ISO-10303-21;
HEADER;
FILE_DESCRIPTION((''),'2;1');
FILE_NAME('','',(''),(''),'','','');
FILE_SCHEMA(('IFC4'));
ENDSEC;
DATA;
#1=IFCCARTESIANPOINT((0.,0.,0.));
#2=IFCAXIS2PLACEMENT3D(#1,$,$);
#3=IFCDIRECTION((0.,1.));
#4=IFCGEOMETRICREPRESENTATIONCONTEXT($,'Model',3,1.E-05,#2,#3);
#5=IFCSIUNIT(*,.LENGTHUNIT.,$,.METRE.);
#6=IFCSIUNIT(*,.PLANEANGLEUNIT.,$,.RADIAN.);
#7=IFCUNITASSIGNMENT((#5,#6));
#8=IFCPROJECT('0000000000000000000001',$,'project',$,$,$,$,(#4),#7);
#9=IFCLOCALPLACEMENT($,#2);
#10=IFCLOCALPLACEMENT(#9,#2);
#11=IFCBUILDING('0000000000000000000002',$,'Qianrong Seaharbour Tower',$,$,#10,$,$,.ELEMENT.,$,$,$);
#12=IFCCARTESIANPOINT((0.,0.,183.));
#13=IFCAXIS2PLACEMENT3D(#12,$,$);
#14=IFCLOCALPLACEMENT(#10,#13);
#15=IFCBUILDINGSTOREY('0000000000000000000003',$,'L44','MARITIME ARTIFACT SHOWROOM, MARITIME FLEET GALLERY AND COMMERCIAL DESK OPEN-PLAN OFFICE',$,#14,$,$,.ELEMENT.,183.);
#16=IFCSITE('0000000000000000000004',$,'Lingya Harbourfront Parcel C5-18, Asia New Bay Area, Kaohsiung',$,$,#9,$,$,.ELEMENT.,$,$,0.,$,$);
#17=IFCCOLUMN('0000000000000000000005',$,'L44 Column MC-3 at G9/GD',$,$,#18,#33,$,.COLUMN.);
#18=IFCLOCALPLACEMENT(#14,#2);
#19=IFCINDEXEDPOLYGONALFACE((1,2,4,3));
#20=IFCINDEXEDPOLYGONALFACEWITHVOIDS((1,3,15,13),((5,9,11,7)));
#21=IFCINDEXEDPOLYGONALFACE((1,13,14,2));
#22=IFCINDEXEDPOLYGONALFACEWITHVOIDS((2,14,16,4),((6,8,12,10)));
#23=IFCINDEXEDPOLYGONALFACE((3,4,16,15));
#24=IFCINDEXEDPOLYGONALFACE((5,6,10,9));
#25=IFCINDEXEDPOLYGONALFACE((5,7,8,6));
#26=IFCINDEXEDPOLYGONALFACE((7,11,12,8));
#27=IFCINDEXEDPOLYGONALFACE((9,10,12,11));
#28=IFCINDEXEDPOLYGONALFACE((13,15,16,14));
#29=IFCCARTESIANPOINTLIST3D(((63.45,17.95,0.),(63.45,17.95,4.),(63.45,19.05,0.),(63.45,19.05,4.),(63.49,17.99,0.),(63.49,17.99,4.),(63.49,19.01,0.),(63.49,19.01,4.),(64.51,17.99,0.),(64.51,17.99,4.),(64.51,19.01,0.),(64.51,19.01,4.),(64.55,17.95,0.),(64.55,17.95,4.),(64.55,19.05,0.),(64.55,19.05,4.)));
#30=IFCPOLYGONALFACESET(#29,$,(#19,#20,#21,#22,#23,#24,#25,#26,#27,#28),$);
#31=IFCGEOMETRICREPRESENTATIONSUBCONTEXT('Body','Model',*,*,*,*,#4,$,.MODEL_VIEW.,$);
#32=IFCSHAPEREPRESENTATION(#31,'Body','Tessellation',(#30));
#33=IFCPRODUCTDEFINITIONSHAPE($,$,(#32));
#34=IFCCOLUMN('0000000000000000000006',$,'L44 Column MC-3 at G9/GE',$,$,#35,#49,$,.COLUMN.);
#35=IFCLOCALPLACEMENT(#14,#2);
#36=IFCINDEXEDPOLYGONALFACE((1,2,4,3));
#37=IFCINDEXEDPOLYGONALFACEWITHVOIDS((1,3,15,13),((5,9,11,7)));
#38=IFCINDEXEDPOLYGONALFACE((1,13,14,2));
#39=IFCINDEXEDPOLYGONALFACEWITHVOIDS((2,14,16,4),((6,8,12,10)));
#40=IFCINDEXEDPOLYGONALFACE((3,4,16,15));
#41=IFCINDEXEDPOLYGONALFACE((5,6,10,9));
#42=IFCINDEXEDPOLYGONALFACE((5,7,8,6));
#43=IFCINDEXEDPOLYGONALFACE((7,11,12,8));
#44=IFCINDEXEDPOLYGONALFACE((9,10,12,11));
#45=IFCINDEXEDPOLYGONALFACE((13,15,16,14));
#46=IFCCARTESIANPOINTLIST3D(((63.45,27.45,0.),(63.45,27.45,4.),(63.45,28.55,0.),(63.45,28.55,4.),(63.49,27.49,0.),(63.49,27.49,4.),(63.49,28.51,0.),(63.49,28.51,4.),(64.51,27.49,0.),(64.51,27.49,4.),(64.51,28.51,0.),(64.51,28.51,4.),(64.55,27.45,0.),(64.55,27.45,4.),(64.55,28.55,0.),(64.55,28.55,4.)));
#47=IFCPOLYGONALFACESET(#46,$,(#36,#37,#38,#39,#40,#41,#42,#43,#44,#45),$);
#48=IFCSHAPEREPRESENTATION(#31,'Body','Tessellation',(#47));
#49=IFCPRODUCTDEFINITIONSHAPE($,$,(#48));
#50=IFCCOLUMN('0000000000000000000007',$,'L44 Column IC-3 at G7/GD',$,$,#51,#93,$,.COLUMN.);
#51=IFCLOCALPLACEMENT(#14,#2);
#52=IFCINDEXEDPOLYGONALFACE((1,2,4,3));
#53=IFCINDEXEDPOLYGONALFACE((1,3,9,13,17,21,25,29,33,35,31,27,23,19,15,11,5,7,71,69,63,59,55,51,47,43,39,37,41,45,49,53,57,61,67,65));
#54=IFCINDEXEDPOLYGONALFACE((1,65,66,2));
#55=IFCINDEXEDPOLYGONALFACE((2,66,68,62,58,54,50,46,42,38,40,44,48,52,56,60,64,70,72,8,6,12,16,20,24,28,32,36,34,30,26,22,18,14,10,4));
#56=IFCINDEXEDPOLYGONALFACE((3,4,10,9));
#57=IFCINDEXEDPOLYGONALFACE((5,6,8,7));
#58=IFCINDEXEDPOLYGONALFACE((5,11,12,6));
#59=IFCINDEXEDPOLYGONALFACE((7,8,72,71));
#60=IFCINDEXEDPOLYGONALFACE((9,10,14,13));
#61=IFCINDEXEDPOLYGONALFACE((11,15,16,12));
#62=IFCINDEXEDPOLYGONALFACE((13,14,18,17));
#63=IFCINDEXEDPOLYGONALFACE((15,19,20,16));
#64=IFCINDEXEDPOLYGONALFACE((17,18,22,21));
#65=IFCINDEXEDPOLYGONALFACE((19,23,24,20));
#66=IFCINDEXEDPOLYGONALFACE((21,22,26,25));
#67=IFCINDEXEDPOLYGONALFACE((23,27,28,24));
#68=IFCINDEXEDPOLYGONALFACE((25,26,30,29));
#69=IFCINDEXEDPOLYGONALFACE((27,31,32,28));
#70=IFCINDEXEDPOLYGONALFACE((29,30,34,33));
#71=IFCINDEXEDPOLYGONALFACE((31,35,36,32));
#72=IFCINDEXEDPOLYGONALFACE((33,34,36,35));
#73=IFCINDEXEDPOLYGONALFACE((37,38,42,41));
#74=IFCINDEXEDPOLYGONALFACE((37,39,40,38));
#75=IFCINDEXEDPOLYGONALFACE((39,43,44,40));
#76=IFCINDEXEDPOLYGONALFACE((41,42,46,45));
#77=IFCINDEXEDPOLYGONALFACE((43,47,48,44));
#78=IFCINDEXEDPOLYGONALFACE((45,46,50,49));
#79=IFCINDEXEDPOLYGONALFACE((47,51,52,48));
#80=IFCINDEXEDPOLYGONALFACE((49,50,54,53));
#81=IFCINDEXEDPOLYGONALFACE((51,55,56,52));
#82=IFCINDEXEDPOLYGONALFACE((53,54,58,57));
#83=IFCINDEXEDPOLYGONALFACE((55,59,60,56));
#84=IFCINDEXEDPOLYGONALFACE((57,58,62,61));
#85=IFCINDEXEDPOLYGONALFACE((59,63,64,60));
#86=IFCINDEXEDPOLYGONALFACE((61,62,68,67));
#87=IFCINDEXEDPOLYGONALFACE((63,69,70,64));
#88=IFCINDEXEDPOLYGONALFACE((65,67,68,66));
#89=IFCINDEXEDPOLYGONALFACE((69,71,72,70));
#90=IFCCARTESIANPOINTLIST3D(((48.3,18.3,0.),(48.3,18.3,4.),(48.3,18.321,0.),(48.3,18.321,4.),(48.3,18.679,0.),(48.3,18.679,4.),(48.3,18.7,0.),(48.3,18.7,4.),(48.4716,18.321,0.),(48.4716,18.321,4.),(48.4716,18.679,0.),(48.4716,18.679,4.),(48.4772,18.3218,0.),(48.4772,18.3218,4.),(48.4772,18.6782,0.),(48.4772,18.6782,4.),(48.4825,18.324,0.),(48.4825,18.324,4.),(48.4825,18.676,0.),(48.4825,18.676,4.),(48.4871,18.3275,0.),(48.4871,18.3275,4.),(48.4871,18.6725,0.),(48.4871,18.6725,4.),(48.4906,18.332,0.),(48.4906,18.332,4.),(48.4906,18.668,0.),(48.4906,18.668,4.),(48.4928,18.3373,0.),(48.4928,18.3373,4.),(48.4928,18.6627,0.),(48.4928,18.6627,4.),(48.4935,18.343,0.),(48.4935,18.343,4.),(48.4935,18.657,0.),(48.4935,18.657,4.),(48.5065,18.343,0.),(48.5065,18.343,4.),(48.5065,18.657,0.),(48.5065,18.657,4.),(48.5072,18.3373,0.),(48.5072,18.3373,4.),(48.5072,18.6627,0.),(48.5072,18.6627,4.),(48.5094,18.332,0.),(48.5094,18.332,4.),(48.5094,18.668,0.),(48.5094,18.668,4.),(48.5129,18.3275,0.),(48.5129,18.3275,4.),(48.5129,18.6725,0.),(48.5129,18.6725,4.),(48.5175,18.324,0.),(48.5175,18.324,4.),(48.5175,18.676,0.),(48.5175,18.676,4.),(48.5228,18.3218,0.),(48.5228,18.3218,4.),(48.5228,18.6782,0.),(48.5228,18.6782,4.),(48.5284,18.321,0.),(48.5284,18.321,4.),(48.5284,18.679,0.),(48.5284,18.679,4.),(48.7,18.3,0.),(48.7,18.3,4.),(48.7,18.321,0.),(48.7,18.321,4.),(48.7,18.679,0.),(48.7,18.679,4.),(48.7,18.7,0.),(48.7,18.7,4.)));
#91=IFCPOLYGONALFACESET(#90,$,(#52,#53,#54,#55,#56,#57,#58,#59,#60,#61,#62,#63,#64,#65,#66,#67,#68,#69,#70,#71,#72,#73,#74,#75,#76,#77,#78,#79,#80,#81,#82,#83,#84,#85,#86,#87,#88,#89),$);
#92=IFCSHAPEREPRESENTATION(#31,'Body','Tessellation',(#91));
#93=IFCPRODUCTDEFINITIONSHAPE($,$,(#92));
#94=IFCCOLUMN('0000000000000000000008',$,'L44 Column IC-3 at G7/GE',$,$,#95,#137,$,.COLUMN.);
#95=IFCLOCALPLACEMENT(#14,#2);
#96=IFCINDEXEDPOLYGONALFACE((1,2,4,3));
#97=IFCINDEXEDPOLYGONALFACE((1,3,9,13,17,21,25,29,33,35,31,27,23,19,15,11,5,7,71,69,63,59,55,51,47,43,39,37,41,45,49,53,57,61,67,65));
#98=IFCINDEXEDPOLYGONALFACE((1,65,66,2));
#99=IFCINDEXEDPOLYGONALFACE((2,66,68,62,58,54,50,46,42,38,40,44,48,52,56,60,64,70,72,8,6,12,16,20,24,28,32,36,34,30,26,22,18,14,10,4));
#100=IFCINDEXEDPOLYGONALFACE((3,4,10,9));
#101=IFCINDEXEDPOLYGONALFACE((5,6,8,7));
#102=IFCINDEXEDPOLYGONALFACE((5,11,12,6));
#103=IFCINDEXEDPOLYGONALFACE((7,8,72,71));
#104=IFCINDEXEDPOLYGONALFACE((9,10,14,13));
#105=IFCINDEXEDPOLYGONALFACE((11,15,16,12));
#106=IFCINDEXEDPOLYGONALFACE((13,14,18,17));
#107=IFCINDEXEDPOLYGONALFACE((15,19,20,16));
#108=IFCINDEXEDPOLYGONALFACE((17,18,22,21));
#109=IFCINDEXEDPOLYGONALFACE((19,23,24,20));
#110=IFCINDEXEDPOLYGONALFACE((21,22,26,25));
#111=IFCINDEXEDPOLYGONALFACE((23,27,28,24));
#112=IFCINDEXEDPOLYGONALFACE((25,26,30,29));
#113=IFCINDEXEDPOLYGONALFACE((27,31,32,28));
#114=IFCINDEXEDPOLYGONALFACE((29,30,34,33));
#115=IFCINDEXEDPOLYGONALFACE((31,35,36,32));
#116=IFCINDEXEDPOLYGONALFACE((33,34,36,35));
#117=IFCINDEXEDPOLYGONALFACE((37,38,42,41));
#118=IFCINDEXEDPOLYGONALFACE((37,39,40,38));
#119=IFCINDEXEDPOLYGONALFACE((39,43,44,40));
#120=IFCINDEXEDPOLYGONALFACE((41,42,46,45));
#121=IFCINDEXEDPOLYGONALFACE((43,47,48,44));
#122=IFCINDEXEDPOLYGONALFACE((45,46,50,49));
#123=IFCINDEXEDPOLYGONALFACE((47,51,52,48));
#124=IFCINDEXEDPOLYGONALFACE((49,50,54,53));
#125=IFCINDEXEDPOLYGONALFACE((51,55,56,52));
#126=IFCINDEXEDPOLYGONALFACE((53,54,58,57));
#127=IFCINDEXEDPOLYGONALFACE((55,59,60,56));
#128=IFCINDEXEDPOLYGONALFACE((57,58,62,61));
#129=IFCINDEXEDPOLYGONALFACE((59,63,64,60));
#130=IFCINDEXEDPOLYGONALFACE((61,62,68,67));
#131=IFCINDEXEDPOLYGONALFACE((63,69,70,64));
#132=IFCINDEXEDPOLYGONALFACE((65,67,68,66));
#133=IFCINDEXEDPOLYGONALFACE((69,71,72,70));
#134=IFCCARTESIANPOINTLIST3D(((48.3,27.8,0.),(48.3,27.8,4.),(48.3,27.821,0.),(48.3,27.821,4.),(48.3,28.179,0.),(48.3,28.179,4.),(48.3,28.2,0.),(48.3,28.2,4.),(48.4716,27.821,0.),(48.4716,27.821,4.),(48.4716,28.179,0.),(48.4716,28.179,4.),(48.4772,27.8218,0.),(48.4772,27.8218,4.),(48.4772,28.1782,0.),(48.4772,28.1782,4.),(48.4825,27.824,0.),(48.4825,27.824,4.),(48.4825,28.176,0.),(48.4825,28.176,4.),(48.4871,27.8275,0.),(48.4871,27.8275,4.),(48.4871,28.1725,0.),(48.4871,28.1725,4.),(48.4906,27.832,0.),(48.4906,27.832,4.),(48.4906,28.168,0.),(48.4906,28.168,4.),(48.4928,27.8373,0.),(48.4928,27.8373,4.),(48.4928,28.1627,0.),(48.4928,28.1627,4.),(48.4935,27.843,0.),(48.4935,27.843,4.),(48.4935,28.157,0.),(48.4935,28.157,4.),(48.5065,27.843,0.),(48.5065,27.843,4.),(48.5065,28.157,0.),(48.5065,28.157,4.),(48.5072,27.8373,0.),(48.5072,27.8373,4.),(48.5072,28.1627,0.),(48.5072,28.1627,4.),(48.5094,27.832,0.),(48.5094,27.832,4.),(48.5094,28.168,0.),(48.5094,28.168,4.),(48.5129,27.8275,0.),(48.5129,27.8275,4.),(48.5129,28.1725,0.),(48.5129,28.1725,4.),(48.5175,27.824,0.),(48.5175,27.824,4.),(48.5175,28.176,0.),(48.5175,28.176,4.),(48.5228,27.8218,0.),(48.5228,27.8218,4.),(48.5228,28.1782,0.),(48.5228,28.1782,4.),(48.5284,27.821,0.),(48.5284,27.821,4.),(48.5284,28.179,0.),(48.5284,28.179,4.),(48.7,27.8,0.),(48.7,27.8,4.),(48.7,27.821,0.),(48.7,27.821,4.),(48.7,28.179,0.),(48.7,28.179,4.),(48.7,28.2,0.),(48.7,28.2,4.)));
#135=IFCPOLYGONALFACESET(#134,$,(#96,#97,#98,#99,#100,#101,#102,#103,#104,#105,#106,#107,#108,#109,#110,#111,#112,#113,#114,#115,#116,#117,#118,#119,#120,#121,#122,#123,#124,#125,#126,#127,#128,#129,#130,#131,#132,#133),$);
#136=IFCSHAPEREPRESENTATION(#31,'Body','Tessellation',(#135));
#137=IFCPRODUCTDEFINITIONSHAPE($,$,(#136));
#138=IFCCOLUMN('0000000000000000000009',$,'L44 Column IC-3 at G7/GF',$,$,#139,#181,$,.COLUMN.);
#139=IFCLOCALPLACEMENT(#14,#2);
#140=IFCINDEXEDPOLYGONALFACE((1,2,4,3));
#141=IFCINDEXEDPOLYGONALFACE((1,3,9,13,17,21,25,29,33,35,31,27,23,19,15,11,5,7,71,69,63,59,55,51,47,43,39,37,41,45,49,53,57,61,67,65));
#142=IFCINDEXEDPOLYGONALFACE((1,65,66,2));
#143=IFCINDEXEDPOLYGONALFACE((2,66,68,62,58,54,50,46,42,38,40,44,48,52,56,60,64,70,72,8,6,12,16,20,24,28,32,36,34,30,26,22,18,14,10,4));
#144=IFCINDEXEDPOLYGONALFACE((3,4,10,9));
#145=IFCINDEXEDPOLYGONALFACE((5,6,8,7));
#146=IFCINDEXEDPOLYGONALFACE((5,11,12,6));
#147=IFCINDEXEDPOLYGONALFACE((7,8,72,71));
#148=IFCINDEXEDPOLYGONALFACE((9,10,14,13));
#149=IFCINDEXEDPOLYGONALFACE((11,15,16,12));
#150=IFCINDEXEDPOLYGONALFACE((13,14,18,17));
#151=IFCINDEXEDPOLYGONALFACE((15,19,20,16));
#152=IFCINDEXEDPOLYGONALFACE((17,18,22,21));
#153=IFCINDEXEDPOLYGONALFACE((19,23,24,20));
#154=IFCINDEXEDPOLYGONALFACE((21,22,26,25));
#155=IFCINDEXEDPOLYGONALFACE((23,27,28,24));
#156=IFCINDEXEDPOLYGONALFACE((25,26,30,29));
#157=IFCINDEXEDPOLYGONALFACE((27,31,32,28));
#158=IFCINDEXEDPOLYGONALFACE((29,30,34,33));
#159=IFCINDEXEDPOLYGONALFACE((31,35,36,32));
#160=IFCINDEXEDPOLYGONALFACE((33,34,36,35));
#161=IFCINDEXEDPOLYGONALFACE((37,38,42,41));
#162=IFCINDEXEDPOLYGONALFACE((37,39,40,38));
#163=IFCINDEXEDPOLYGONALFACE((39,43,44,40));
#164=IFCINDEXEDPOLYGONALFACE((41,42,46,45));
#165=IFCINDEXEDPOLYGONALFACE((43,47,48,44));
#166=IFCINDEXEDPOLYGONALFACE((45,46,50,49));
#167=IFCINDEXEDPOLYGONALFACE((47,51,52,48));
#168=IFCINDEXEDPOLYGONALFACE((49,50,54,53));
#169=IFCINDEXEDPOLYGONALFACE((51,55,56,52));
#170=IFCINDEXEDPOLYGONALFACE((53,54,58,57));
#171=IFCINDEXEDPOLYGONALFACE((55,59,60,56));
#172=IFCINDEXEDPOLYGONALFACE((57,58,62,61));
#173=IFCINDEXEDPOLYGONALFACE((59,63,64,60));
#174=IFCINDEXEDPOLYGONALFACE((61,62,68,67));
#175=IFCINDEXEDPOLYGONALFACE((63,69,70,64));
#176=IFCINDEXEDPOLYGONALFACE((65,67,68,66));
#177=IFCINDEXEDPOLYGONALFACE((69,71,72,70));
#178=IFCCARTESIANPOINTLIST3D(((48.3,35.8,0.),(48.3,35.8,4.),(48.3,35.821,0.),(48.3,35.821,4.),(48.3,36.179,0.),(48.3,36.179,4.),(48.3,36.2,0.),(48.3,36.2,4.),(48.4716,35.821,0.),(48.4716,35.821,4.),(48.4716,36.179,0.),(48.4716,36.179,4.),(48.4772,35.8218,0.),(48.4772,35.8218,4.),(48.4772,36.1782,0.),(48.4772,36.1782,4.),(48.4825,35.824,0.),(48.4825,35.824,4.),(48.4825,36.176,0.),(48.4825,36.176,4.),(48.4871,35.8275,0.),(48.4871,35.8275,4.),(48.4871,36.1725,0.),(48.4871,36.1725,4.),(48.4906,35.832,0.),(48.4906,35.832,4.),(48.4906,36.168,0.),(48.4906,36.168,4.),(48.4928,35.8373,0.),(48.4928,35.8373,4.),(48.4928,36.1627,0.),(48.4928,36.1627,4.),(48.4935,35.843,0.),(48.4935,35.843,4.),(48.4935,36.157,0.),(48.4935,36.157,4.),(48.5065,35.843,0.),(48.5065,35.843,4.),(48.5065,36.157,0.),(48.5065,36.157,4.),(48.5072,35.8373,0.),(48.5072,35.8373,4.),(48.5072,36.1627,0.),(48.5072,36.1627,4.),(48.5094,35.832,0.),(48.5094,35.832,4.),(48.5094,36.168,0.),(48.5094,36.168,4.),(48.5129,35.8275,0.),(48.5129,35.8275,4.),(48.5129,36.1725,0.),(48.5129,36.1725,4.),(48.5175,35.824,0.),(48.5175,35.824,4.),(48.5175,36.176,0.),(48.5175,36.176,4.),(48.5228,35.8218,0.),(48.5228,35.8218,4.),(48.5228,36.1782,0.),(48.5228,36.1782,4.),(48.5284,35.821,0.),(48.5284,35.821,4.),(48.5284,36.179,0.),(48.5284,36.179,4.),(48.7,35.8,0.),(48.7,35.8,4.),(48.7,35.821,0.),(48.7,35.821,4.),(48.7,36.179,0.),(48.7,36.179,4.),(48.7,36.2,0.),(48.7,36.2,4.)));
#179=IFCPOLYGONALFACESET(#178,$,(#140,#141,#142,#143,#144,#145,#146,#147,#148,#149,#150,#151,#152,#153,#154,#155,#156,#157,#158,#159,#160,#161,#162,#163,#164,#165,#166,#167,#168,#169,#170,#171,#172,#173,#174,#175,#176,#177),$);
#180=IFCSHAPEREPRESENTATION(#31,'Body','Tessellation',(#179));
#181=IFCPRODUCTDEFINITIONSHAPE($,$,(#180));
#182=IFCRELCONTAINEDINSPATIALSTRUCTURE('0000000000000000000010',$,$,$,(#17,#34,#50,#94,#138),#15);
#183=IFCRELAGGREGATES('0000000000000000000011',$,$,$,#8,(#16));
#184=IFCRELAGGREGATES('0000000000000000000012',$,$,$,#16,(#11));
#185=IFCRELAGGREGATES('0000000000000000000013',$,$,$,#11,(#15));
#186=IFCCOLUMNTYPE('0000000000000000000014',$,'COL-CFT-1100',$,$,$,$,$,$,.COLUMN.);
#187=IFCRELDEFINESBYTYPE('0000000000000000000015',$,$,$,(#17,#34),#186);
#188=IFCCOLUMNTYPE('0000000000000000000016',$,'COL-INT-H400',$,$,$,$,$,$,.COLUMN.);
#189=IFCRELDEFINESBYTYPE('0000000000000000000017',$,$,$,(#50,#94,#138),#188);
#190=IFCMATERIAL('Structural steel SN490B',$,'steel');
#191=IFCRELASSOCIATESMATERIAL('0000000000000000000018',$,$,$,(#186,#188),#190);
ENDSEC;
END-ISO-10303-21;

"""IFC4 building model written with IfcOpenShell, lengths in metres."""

from ifc_helpers import new_model, si_unit, direction, frame, origin, origin_2d, place, context, subcontext, project, spatial, hollow_rectangle, i_section, extrude, material, material_profile, profile_set, type_object, element, save


model = new_model("IFC4")

# Units and contexts
model_context = context("Model", 3, precision=1e-05, world=origin(), true_north=direction((0.0, 1.0)))
body_context = subcontext(model_context, "Body", "Model", "MODEL_VIEW")
ifc_project = project(units=[si_unit("LENGTHUNIT", "METRE"), si_unit("PLANEANGLEUNIT", "RADIAN")], contexts=[model_context])

# Site, building, storey
site_placement = place(None, origin())
site = spatial("IfcSite", under=ifc_project, at=site_placement, Name="Lingya Harbourfront Parcel C5-18, Asia New Bay Area, Kaohsiung", CompositionType="ELEMENT", RefElevation=0.0)
building_placement = place(site_placement, origin())
building = spatial("IfcBuilding", under=site, at=building_placement, Name="Qianrong Seaharbour Tower", CompositionType="ELEMENT")
storey_placement = place(building_placement, frame((0.0, 0.0, 183.0)))
storey = spatial("IfcBuildingStorey", under=building, at=storey_placement, Name="L44", Description="MARITIME ARTIFACT SHOWROOM, MARITIME FLEET GALLERY AND COMMERCIAL DESK OPEN-PLAN OFFICE", CompositionType="ELEMENT", Elevation=183.0)

# Columns
ifc_material_1 = material(Name="Structural steel SN490B", Category="steel")
ifc_material_profile_1 = material_profile(ifc_material_1, hollow_rectangle(XDim=1.1001, YDim=1.1001, WallThickness=0.04, at=origin_2d()), Name="BOX1100x1100x40")
ifc_profile_set_1 = profile_set([ifc_material_profile_1], Name="Structural steel SN490B")
column_type_1 = type_object("IfcColumnType", Name="COL-CFT-1100", PredefinedType="COLUMN", material=ifc_profile_set_1)
for number, where, z_axis, x_axis, name in (
    (1, (64.0, 18.5, 0.0), (0.0, 0.0, 1.0), (1.0, 0.0, 0.0), "L44 Column MC-3 at G9/GD"),
    (2, (64.0, 28.0, 0.0), (0.0, 0.0, 1.0), (1.0, 0.0, 0.0), "L44 Column MC-3 at G9/GE"),
):
    element("IfcColumn", number, at=place(storey_placement, frame(where, z_axis=z_axis, x_axis=x_axis)), inside=storey, type_object=column_type_1, Name=name, PredefinedType="COLUMN", context=body_context, shape_type="SweptSolid", body=[
        extrude(hollow_rectangle(XDim=1.1001, YDim=1.1001, WallThickness=0.04, at=origin_2d()), origin(), (0.0, 0.0, 1.0), 4.0),
    ])
ifc_material_profile_2 = material_profile(ifc_material_1, i_section(OverallWidth=0.3999, OverallDepth=0.3999, WebThickness=0.0129, FlangeThickness=0.021, FilletRadius=0.022, at=origin_2d()), Name="H400x400x13x21")
ifc_profile_set_2 = profile_set([ifc_material_profile_2], Name="Structural steel SN490B")
column_type_2 = type_object("IfcColumnType", Name="COL-INT-H400", PredefinedType="COLUMN", material=ifc_profile_set_2)
for number, where, z_axis, x_axis, name in (
    (3, (48.5, 18.5, 0.0), (0.0, 0.0, 1.0), (1.0, 0.0, 0.0), "L44 Column IC-3 at G7/GD"),
    (4, (48.5, 28.0, 0.0), (0.0, 0.0, 1.0), (1.0, 0.0, 0.0), "L44 Column IC-3 at G7/GE"),
    (5, (48.5, 36.0, 0.0), (0.0, 0.0, 1.0), (1.0, 0.0, 0.0), "L44 Column IC-3 at G7/GF"),
):
    element("IfcColumn", number, at=place(storey_placement, frame(where, z_axis=z_axis, x_axis=x_axis)), inside=storey, type_object=column_type_2, Name=name, PredefinedType="COLUMN", context=body_context, shape_type="SweptSolid", body=[
        extrude(i_section(OverallWidth=0.3999, OverallDepth=0.3999, WebThickness=0.0129, FlangeThickness=0.021, FilletRadius=0.022, at=origin_2d()), origin(), (0.0, 0.0, 1.0), 4.0),
    ])

save(model, "model.ifc")
